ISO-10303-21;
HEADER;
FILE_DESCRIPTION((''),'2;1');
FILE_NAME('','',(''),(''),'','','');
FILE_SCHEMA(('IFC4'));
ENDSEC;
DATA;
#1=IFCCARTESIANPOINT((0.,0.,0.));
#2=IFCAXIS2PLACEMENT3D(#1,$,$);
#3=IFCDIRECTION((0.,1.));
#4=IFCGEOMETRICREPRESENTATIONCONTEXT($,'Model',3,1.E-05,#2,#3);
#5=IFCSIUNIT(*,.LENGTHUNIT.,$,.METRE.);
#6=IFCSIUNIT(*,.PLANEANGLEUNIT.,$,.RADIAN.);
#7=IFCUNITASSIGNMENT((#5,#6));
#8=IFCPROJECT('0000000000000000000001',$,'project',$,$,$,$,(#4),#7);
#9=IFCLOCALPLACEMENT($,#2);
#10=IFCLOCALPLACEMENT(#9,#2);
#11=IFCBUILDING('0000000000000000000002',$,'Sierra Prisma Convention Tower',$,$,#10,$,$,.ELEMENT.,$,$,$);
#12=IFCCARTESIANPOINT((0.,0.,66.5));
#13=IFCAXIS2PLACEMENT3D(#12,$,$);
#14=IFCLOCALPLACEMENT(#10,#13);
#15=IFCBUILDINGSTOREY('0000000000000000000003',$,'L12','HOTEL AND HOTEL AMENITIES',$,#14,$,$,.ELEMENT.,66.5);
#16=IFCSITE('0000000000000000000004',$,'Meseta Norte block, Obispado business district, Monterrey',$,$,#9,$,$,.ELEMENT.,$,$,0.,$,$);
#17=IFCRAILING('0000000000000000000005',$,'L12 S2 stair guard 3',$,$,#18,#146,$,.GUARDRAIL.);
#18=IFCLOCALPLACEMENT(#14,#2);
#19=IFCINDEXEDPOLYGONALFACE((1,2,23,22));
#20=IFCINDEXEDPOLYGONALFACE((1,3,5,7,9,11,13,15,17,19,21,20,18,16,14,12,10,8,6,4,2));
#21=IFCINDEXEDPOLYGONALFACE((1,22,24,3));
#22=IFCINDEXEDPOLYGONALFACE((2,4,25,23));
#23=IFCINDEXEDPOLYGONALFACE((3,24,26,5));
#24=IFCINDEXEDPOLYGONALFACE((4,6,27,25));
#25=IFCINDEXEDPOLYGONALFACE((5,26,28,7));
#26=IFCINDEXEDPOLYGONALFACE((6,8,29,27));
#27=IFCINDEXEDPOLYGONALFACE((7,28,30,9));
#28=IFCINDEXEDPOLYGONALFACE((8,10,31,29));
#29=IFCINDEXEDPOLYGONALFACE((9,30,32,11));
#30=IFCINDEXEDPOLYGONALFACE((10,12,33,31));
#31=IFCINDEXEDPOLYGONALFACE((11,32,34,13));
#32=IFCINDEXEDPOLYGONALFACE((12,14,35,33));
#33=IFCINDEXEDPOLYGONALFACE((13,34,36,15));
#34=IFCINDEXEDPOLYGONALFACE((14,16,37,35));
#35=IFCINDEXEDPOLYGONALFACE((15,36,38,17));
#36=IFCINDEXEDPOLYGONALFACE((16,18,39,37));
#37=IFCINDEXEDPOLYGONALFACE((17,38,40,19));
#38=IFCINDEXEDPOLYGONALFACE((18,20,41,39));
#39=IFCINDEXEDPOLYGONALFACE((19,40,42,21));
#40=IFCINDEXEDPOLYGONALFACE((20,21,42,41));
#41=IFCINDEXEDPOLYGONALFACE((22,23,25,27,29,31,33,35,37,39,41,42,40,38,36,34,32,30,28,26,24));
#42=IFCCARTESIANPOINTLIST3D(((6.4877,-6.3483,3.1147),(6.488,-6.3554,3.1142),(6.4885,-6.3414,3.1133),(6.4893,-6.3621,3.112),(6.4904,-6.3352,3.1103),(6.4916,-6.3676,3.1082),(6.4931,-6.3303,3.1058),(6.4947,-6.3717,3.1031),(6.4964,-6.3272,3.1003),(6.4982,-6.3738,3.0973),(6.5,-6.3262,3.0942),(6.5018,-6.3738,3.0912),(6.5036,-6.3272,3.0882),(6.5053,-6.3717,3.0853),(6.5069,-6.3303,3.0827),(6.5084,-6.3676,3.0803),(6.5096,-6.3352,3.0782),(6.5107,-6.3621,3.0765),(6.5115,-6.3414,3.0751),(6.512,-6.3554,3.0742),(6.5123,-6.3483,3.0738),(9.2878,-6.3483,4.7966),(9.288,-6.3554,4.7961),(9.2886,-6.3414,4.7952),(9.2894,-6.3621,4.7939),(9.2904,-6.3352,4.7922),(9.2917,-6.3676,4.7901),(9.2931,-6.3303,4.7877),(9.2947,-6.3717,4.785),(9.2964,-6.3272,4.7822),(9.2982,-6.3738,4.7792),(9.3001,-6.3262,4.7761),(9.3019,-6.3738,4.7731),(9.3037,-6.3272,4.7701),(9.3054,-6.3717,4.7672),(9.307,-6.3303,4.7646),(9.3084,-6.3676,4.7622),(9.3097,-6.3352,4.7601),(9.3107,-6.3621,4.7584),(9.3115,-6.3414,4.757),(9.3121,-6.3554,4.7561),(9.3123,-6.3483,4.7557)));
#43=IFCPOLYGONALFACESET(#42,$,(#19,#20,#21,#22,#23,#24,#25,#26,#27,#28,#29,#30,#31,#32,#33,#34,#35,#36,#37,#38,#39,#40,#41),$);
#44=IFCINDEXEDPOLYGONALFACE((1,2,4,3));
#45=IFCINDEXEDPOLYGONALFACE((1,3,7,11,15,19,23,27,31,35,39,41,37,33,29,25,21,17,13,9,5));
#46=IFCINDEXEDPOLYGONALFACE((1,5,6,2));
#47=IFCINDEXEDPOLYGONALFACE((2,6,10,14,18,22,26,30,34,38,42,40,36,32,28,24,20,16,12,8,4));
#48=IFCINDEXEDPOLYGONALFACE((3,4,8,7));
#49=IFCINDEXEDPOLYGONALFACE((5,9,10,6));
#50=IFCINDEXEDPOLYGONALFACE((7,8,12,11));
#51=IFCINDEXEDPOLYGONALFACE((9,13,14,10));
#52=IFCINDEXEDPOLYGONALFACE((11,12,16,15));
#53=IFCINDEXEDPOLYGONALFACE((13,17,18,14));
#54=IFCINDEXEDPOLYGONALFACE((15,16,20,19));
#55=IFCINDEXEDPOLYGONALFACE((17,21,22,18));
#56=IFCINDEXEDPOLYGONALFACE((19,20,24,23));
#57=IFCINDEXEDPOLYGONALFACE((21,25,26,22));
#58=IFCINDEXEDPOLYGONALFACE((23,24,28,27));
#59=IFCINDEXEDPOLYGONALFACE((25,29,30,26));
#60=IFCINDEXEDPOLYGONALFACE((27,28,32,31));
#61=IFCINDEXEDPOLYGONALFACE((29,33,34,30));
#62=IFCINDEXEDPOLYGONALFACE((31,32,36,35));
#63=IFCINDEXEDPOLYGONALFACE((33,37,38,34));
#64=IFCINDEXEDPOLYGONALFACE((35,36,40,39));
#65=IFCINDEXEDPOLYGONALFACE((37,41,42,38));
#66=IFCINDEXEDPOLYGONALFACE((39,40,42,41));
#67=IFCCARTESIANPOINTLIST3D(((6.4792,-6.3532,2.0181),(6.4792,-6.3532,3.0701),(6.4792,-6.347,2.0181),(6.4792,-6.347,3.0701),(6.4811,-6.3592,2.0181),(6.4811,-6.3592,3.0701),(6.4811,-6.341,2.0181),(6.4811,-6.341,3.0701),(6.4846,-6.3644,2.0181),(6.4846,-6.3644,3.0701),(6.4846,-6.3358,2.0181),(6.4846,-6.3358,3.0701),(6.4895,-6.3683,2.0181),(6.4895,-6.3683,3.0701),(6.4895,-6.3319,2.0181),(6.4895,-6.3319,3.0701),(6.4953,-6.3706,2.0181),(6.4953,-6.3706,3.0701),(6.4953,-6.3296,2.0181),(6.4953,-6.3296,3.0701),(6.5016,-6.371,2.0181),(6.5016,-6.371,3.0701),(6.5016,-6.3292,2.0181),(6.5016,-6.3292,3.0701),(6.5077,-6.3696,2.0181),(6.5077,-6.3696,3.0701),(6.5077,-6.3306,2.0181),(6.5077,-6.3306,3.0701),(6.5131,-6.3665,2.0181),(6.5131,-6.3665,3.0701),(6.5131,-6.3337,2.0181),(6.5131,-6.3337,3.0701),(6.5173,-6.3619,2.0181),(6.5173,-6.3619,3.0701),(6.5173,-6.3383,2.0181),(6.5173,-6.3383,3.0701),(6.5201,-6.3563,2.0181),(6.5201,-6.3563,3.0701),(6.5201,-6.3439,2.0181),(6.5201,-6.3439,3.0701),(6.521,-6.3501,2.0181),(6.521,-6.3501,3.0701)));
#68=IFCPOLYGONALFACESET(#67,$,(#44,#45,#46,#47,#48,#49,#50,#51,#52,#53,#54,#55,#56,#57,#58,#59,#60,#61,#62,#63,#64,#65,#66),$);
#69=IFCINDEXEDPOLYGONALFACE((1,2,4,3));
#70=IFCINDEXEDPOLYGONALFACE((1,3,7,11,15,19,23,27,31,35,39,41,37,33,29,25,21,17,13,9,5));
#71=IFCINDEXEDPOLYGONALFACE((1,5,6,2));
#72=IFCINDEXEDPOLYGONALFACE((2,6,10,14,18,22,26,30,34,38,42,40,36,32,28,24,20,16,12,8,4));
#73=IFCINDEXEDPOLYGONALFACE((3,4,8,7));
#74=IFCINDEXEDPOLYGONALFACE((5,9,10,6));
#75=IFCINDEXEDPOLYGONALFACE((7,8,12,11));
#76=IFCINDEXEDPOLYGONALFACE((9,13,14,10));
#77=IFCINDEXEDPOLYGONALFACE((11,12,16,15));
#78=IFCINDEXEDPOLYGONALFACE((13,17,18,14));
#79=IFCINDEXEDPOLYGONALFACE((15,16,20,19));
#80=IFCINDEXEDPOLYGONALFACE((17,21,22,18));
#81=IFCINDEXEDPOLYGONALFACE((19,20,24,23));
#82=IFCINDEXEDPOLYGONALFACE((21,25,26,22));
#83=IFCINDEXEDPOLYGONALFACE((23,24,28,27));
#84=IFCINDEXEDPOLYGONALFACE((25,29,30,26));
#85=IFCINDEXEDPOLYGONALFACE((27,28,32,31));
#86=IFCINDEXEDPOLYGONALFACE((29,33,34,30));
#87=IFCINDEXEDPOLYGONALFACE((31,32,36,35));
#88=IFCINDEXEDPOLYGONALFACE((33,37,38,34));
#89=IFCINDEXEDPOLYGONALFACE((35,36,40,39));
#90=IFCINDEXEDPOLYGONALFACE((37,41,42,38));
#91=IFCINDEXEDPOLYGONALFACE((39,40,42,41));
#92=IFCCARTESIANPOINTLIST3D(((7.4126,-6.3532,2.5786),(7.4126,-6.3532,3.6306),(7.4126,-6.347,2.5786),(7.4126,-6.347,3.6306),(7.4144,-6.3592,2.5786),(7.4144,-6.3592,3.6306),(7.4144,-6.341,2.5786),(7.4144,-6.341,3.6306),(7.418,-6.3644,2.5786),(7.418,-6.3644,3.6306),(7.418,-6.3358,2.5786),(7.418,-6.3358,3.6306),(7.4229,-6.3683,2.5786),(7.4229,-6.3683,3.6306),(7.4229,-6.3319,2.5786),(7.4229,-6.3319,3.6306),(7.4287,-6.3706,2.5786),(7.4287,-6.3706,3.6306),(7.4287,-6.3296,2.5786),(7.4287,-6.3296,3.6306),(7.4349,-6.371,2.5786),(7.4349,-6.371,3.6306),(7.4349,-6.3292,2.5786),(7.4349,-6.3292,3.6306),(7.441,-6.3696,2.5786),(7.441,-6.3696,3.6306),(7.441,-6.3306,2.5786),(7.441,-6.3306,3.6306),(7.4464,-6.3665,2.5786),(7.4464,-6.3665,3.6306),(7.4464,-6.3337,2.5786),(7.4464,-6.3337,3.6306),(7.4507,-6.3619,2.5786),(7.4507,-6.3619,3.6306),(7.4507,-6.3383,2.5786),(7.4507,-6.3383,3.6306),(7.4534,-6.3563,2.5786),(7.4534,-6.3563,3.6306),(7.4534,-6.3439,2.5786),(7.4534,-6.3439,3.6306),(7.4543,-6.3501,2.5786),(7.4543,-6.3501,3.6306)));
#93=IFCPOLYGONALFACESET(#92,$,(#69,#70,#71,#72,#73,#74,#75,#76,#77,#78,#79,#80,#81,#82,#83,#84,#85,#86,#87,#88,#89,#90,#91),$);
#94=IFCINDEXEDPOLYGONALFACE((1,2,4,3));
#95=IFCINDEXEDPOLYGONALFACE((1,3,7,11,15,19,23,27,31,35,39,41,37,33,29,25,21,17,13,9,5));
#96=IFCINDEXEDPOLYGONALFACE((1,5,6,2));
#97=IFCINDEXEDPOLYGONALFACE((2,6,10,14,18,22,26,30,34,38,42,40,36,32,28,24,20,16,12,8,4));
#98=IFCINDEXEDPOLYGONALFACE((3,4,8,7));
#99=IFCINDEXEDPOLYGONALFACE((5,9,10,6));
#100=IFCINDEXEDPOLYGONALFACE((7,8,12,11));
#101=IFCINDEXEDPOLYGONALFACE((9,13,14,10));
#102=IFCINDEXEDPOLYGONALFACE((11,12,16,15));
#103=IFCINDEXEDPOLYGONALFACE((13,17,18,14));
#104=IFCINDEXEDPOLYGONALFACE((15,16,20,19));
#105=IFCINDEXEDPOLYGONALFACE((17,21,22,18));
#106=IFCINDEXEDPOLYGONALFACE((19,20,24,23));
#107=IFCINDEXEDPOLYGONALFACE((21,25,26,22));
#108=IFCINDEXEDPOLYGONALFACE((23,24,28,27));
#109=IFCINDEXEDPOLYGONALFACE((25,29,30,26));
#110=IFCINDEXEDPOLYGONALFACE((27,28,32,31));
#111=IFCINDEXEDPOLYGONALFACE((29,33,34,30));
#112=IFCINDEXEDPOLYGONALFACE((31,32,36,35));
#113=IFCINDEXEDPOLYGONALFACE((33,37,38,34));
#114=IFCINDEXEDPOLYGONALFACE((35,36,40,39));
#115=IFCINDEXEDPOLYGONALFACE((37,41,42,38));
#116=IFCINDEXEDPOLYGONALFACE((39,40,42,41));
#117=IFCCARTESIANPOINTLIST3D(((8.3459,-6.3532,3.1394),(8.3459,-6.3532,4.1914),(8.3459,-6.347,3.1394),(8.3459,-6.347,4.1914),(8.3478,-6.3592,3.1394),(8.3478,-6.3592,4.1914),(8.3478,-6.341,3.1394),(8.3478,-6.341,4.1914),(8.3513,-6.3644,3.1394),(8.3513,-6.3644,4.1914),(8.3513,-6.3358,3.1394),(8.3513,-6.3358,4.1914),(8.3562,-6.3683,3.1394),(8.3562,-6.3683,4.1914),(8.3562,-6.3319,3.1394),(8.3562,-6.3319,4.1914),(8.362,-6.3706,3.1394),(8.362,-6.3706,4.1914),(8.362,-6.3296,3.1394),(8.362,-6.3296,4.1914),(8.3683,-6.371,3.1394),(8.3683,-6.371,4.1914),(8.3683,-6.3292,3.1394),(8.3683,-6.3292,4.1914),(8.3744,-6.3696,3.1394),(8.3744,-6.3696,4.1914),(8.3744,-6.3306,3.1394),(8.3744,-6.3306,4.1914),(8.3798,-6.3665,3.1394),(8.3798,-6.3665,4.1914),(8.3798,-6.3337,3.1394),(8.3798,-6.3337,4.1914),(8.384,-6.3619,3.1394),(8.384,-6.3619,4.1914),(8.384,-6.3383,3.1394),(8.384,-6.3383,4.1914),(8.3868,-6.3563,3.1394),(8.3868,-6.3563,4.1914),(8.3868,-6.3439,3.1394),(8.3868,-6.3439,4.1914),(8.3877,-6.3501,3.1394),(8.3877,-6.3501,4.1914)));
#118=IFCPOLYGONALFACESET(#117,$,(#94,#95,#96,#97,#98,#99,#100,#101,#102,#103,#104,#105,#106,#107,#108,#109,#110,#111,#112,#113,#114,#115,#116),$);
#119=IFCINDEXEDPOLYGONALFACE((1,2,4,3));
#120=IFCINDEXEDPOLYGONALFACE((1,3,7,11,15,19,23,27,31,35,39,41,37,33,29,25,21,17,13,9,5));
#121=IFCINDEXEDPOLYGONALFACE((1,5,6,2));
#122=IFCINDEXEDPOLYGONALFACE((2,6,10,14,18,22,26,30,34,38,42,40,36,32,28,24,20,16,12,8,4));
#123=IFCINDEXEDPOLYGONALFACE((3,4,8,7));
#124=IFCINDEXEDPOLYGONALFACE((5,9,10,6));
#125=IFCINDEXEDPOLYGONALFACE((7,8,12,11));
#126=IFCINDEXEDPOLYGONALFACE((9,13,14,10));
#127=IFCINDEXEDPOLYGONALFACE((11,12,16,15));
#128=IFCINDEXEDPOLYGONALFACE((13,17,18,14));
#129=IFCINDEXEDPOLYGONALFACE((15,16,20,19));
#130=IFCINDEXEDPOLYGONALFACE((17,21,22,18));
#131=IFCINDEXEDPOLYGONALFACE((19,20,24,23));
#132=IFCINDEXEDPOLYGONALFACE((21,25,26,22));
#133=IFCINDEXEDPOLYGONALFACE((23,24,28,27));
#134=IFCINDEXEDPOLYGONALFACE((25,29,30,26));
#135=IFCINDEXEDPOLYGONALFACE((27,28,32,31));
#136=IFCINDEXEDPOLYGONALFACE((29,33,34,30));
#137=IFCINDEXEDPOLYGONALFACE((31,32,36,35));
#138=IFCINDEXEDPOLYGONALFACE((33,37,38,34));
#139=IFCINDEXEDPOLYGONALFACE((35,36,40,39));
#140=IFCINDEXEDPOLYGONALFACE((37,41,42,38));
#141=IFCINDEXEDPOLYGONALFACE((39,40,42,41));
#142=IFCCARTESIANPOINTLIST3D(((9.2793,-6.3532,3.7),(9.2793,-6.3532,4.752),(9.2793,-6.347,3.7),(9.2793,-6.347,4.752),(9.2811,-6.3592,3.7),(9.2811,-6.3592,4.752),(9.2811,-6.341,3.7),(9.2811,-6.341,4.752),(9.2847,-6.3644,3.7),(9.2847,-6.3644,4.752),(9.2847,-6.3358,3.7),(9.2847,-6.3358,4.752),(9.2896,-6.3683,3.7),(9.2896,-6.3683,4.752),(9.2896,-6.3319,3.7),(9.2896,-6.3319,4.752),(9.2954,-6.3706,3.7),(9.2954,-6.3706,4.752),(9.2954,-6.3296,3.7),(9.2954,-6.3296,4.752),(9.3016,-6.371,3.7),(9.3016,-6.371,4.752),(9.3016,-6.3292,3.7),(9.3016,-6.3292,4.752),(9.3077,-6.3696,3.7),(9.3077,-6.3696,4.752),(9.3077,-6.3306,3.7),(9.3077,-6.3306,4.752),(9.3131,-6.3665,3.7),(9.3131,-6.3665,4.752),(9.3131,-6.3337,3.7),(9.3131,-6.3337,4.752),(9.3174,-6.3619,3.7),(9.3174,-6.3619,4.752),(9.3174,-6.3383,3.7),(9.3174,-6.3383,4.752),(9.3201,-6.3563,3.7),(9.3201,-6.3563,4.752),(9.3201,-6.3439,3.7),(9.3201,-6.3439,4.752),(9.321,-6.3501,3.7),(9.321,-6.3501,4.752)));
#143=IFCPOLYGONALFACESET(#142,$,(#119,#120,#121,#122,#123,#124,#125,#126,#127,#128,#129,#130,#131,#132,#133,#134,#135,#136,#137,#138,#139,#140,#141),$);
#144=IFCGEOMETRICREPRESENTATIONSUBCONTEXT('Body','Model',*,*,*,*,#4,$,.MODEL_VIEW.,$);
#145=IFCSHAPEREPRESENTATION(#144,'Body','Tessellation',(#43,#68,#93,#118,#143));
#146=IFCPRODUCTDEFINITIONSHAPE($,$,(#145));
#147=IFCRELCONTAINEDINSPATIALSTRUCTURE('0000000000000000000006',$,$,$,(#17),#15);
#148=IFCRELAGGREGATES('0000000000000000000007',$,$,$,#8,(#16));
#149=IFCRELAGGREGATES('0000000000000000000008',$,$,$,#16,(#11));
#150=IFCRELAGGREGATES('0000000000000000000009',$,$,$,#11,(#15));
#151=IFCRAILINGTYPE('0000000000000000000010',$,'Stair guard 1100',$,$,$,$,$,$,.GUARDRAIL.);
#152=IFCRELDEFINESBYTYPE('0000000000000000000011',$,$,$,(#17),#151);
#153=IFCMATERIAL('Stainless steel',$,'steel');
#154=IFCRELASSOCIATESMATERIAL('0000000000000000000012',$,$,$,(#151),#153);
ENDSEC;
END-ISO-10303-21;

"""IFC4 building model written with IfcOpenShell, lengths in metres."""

from ifc_helpers import new_model, si_unit, direction, frame, origin, origin_2d, place, context, subcontext, project, spatial, circle, extrude, material, type_object, element, save


model = new_model("IFC4")

# Units and contexts
model_context = context("Model", 3, precision=1e-05, world=origin(), true_north=direction((0.0, 1.0)))
body_context = subcontext(model_context, "Body", "Model", "MODEL_VIEW")
ifc_project = project(units=[si_unit("LENGTHUNIT", "METRE"), si_unit("PLANEANGLEUNIT", "RADIAN")], contexts=[model_context])

# Site, building, storey
site_placement = place(None, origin())
site = spatial("IfcSite", under=ifc_project, at=site_placement, Name="Meseta Norte block, Obispado business district, Monterrey", CompositionType="ELEMENT", RefElevation=0.0)
building_placement = place(site_placement, origin())
building = spatial("IfcBuilding", under=site, at=building_placement, Name="Sierra Prisma Convention Tower", CompositionType="ELEMENT")
storey_placement = place(building_placement, frame((0.0, 0.0, 66.5)))
storey = spatial("IfcBuildingStorey", under=building, at=storey_placement, Name="L12", Description="HOTEL AND HOTEL AMENITIES", CompositionType="ELEMENT", Elevation=66.5)

# Railing
ifc_material_1 = material(Name="Stainless steel", Category="steel")
railing_type_1 = type_object("IfcRailingType", Name="Stair guard 1100", PredefinedType="GUARDRAIL", material=ifc_material_1)
railing_1_placement = place(storey_placement, frame((6.5, -6.3501, 2.0181)))
element("IfcRailing", 1, at=railing_1_placement, inside=storey, type_object=railing_type_1, Name="L12 S2 stair guard 3", PredefinedType="GUARDRAIL", context=body_context, shape_type="SweptSolid", body=[
    extrude(circle(Radius=0.0239, at=origin_2d()), frame((0.0, 0.0, 1.0762), z_axis=(0.857242, 0.0, 0.514913), x_axis=(0.0, 1.0, 0.0)), (0.0, 0.0, 1.0), 3.2664),
    extrude(circle(Radius=0.021, at=origin_2d()), origin(), (0.0, 0.0, 1.0), 1.052),
    extrude(circle(Radius=0.021, at=origin_2d()), frame((0.9333, 0.0, 0.5605)), (0.0, 0.0, 1.0), 1.052),
    extrude(circle(Radius=0.021, at=origin_2d()), frame((1.8667, 0.0, 1.1213)), (0.0, 0.0, 1.0), 1.052),
    extrude(circle(Radius=0.021, at=origin_2d()), frame((2.8, 0.0, 1.6819)), (0.0, 0.0, 1.0), 1.052),
])

save(model, "model.ifc")
